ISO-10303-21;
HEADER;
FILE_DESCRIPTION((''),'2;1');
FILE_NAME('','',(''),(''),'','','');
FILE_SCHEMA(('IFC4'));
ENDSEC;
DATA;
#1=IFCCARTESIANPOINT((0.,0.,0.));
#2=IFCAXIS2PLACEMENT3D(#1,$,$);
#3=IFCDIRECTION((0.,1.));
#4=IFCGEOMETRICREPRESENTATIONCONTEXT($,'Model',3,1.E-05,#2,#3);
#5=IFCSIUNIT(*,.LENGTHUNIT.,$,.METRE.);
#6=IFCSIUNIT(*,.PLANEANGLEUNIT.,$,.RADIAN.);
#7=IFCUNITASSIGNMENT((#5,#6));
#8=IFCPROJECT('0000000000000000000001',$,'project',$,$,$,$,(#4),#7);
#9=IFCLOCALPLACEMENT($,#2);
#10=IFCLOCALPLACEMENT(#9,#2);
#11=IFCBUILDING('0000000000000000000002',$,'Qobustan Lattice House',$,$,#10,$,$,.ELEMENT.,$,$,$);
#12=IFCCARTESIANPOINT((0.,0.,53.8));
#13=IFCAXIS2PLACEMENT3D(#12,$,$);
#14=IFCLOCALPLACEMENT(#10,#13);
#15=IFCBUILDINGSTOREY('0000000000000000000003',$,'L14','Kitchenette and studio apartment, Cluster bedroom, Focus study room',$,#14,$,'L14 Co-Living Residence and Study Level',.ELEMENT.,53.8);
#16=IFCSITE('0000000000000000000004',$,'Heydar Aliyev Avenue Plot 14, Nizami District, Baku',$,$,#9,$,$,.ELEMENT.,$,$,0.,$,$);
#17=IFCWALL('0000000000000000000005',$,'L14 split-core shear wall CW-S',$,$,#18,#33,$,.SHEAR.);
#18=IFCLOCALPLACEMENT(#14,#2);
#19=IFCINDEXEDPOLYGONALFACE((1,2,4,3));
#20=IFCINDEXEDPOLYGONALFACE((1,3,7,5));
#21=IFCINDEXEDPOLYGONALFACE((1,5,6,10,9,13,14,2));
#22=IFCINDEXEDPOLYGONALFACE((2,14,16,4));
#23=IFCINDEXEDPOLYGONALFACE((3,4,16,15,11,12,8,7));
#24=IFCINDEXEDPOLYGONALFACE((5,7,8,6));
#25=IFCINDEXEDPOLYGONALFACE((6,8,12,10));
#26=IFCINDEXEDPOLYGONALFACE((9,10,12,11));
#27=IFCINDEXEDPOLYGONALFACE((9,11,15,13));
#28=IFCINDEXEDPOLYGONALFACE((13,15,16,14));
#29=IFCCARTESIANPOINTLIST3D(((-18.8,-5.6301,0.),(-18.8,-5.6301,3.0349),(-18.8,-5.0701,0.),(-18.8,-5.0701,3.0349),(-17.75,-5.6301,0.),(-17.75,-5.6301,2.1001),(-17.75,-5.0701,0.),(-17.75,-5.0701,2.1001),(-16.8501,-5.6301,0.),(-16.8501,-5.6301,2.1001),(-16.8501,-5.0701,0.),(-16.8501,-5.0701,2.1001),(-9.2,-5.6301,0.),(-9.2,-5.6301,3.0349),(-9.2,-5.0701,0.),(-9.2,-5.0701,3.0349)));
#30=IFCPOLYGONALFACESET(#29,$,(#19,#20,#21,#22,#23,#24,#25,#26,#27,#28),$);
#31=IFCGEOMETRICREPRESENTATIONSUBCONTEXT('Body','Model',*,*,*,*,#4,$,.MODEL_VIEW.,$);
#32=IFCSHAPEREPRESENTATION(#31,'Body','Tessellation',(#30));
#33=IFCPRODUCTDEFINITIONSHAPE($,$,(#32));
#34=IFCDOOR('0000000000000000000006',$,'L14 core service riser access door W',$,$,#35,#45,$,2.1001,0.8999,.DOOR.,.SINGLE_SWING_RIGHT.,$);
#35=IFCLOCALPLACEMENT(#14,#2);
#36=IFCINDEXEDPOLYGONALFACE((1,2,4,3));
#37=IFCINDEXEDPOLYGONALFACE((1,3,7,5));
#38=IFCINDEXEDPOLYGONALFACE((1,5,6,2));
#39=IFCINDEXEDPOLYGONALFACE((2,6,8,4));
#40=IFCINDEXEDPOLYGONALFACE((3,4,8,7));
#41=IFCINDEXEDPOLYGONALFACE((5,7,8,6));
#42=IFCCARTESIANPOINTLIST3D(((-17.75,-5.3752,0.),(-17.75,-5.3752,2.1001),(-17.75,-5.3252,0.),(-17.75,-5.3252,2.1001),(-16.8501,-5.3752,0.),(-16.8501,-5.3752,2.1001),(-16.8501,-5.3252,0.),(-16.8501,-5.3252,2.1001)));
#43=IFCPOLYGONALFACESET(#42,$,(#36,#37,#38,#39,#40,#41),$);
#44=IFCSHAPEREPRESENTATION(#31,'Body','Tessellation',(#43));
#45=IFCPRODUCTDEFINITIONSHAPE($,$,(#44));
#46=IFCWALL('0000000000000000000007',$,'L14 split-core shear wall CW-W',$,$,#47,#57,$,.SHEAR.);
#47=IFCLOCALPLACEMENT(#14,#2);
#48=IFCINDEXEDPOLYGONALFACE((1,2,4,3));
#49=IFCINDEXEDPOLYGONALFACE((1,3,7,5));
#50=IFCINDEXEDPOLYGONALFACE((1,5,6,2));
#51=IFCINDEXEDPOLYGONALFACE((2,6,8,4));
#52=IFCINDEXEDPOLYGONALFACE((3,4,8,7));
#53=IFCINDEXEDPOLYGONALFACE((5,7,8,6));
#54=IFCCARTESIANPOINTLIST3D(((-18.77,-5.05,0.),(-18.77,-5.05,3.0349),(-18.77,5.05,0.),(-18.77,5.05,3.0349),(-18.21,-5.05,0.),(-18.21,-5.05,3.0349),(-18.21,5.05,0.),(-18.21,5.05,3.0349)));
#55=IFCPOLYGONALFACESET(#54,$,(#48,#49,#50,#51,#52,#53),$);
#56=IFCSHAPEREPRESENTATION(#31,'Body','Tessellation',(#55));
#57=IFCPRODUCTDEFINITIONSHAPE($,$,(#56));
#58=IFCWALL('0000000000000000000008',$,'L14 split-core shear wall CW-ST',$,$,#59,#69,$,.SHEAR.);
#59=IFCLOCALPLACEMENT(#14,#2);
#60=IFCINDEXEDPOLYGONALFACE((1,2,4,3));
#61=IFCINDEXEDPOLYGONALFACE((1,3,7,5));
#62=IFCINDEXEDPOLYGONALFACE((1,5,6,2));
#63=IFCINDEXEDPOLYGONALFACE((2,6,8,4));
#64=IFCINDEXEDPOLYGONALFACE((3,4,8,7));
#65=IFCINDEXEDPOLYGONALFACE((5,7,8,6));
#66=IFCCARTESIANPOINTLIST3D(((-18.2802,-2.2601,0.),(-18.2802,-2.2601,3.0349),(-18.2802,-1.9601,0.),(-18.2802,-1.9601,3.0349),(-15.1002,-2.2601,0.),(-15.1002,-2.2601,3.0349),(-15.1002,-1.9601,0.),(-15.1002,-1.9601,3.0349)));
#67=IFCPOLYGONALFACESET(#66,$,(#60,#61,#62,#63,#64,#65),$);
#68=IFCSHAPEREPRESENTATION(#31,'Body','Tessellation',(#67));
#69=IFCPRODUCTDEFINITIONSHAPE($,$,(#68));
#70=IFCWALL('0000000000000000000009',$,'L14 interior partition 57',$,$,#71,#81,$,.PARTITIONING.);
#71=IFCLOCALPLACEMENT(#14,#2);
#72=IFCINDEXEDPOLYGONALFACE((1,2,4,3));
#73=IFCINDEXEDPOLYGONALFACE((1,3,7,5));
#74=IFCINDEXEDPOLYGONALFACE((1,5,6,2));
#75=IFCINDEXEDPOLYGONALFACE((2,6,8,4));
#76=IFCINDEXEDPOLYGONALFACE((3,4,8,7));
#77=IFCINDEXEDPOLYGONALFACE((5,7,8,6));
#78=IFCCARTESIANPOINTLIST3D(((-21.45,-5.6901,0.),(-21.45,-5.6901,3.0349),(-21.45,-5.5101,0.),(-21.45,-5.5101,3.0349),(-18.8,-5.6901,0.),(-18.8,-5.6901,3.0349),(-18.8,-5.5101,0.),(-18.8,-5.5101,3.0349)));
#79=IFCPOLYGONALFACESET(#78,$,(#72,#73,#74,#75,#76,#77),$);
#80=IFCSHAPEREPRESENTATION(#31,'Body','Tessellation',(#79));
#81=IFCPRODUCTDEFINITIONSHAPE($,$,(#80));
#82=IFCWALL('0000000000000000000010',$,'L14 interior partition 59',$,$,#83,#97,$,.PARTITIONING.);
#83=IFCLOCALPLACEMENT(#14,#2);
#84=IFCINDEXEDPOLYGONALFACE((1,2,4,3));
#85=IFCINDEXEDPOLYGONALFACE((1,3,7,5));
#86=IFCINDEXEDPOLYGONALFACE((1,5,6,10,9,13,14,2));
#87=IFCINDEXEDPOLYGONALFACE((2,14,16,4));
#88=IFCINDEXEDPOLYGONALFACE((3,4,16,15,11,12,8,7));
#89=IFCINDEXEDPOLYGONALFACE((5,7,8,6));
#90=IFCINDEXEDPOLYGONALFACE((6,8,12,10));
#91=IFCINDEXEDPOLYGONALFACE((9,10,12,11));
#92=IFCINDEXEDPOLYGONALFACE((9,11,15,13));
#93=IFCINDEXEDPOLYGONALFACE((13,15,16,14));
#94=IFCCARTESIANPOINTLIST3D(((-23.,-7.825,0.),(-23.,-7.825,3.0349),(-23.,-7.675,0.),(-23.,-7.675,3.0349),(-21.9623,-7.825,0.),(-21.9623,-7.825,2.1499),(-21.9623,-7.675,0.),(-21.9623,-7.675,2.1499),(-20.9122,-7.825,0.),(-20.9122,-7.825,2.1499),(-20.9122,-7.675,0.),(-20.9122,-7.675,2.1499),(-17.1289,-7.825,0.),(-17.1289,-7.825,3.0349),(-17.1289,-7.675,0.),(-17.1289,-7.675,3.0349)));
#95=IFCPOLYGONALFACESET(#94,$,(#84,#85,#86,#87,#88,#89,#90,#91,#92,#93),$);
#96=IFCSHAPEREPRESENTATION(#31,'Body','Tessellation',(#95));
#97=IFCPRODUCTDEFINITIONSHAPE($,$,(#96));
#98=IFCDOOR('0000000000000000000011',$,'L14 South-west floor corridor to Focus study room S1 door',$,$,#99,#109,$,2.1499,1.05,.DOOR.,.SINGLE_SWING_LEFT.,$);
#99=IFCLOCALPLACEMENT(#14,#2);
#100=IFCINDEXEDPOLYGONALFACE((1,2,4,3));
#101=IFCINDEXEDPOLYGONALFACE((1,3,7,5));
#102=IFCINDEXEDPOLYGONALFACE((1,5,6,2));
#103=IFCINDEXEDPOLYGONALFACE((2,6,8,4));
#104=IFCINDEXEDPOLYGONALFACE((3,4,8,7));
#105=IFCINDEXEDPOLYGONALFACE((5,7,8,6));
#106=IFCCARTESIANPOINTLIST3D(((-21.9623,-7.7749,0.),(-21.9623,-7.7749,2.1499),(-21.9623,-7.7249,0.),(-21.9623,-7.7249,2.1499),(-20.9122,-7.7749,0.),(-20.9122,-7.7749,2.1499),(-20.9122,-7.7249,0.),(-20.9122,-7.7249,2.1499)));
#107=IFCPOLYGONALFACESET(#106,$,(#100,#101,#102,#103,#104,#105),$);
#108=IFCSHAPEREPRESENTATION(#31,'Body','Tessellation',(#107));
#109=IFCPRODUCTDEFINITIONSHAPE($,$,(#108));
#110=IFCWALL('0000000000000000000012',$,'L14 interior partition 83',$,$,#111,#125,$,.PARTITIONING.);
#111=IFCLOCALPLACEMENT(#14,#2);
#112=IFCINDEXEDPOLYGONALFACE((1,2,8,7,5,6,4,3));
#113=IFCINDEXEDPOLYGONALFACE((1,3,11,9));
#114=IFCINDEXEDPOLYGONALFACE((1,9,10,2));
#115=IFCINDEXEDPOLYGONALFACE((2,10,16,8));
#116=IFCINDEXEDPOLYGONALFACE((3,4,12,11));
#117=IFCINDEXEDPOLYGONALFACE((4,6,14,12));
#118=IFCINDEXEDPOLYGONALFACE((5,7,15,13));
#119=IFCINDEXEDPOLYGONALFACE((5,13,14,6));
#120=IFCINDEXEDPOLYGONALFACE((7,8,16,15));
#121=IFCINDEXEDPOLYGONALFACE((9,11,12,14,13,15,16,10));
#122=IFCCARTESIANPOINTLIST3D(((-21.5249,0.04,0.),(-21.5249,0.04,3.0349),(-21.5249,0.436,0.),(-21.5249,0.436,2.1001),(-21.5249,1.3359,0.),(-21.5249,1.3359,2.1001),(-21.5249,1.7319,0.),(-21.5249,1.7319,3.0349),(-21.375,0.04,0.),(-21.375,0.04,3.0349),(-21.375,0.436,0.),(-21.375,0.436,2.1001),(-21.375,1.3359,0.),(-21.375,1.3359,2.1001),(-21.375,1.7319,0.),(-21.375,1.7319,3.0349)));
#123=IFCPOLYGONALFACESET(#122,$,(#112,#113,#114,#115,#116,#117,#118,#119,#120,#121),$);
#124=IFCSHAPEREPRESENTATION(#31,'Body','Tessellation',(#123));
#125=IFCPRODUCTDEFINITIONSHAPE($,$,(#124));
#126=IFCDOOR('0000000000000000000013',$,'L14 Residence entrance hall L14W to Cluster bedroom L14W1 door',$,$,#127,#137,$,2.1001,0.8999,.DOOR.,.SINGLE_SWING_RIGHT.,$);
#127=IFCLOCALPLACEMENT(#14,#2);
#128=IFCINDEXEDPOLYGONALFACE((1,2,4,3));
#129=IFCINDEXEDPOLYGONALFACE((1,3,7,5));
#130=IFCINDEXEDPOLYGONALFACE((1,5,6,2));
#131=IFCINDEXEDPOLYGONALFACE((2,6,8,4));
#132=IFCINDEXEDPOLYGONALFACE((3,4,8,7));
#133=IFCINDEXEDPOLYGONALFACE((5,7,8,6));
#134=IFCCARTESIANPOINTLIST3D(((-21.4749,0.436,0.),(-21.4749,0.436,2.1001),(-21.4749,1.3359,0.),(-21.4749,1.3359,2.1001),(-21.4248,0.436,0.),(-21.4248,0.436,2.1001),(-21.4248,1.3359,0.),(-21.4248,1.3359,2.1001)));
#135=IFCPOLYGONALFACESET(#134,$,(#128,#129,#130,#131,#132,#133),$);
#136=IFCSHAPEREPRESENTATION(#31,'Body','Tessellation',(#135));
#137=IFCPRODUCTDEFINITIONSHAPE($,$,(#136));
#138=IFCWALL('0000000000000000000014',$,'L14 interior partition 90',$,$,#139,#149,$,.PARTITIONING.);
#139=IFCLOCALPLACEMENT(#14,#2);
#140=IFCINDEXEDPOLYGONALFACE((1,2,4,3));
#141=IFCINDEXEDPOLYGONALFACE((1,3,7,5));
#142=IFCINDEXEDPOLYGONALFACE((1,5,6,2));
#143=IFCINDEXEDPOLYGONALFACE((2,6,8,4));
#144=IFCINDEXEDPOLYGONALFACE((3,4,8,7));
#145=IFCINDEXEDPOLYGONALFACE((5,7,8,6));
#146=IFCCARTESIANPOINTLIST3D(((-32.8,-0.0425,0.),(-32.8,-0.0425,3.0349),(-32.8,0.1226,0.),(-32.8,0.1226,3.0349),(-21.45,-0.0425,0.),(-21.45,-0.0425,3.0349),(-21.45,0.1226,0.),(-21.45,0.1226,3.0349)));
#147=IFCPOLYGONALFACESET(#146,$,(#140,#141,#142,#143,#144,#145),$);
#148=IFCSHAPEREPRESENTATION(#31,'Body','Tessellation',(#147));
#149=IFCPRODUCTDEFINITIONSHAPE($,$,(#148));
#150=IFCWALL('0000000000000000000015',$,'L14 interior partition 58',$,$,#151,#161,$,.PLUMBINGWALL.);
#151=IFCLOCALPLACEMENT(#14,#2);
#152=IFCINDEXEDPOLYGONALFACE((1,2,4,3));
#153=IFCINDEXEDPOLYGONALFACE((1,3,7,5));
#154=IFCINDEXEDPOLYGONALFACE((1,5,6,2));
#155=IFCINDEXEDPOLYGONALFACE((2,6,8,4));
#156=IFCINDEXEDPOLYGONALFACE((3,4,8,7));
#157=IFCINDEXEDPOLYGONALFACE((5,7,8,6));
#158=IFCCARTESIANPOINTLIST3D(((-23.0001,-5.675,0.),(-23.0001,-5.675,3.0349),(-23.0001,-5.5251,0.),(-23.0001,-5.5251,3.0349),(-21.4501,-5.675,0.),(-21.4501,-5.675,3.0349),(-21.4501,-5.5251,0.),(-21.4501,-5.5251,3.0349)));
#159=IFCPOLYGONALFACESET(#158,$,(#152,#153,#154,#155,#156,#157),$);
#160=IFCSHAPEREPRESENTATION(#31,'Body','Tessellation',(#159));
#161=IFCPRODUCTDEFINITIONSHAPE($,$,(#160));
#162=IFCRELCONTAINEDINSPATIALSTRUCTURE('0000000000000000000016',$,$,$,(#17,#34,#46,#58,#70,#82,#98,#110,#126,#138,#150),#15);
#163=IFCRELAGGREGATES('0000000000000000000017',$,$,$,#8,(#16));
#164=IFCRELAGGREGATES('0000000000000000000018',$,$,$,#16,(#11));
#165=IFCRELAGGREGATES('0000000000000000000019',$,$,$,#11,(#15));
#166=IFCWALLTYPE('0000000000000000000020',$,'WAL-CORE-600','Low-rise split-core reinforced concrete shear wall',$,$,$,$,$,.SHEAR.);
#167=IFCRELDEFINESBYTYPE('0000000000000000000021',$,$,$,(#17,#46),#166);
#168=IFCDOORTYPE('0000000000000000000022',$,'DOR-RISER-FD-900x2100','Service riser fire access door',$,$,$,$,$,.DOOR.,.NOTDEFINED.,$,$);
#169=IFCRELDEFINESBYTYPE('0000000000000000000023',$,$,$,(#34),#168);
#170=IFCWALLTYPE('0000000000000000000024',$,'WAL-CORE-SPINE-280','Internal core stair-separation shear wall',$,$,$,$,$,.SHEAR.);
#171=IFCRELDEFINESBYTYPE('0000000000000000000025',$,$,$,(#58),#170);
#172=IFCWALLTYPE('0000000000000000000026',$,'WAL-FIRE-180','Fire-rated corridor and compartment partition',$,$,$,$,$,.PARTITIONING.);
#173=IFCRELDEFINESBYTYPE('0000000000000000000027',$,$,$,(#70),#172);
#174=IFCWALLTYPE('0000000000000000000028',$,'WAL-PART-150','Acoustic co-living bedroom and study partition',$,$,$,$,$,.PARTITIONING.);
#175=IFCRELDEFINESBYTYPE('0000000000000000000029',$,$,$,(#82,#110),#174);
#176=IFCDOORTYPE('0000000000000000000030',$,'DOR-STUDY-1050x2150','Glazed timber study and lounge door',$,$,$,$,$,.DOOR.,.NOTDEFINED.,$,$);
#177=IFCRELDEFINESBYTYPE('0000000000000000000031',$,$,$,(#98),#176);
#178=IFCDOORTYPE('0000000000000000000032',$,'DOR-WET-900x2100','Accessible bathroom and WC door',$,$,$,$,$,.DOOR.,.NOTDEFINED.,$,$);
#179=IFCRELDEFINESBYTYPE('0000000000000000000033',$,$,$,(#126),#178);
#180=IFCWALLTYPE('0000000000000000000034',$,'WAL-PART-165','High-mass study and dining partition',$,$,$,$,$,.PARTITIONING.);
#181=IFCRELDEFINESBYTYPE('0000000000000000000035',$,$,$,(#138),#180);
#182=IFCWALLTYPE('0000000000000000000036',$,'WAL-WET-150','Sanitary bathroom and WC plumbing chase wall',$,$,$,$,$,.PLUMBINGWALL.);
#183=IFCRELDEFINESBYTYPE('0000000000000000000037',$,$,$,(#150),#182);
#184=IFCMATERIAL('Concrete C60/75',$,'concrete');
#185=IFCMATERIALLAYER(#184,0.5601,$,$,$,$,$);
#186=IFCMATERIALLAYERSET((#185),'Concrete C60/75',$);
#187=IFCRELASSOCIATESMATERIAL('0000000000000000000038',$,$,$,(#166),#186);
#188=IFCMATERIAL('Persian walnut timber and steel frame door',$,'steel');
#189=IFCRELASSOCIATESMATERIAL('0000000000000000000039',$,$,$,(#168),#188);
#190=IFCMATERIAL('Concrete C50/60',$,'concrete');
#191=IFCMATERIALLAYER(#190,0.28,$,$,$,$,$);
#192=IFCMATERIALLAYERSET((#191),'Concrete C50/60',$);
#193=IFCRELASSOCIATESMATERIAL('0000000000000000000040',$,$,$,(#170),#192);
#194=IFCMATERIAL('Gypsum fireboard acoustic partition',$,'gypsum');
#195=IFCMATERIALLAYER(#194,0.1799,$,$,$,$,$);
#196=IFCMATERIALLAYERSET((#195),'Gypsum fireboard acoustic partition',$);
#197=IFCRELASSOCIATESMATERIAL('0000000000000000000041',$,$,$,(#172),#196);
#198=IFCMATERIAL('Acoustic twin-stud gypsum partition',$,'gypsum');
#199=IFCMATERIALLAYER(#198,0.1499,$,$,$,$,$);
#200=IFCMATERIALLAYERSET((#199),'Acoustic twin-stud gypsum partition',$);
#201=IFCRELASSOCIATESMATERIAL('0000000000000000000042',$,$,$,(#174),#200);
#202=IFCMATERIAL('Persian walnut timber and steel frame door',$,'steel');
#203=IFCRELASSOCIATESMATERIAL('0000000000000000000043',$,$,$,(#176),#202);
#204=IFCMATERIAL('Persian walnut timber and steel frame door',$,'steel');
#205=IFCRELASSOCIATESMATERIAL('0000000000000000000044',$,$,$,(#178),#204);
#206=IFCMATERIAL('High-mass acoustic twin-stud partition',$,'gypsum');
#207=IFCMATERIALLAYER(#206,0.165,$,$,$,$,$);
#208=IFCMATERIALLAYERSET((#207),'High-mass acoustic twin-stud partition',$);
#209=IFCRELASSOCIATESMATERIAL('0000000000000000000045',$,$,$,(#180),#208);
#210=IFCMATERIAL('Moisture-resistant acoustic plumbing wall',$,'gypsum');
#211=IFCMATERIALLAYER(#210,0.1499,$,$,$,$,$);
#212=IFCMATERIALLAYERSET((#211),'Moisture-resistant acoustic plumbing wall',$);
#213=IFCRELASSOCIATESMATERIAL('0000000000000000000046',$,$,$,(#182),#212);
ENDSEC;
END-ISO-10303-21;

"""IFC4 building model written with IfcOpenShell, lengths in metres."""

from ifc_helpers import new_model, si_unit, direction, frame, frame_2d, origin, place, context, subcontext, project, spatial, rectangle, extrude, material, layer, layer_set, type_object, element, fill, save


model = new_model("IFC4")

# Units and contexts
model_context = context("Model", 3, precision=1e-05, world=origin(), true_north=direction((0.0, 1.0)))
body_context = subcontext(model_context, "Body", "Model", "MODEL_VIEW")
ifc_project = project(units=[si_unit("LENGTHUNIT", "METRE"), si_unit("PLANEANGLEUNIT", "RADIAN")], contexts=[model_context])

# Site, building, storey
site_placement = place(None, origin())
site = spatial("IfcSite", under=ifc_project, at=site_placement, Name="Heydar Aliyev Avenue Plot 14, Nizami District, Baku", CompositionType="ELEMENT", RefElevation=0.0)
building_placement = place(site_placement, origin())
building = spatial("IfcBuilding", under=site, at=building_placement, Name="Qobustan Lattice House", CompositionType="ELEMENT")
storey_placement = place(building_placement, frame((0.0, 0.0, 53.8)))
storey = spatial("IfcBuildingStorey", under=building, at=storey_placement, Name="L14", Description="Kitchenette and studio apartment, Cluster bedroom, Focus study room", LongName="L14 Co-Living Residence and Study Level", CompositionType="ELEMENT", Elevation=53.8)

# Wall, opening, door
ifc_material_1 = material(Name="Concrete C60/75", Category="concrete")
ifc_layer_1 = layer(ifc_material_1, 0.5601)
ifc_layer_set_1 = layer_set([ifc_layer_1], Name="Concrete C60/75")
wall_type_1 = type_object("IfcWallType", Name="WAL-CORE-600", Description="Low-rise split-core reinforced concrete shear wall", PredefinedType="SHEAR", material=ifc_layer_set_1)
wall_1_placement = place(storey_placement, frame((-18.8, -5.3501, 0.0), z_axis=(0.0, 0.0, 1.0), x_axis=(1.0, 0.0, 0.0)))
wall_1 = element("IfcWall", 1, at=wall_1_placement, inside=storey, type_object=wall_type_1, Name="L14 split-core shear wall CW-S", PredefinedType="SHEAR", context=body_context, shape_type="SweptSolid", body=[
    extrude(rectangle(XDim=9.6001, YDim=0.5601, at=frame_2d((4.8, 0.0))), origin(), (0.0, 0.0, 1.0), 3.0349),
])
opening_1_placement = place(wall_1_placement, frame((1.05, 0.0, 0.0)))
opening_1 = element("IfcOpeningElement", 2, at=opening_1_placement, cuts=wall_1, PredefinedType="OPENING", context=body_context, shape_type="SweptSolid", body=[
    extrude(rectangle(XDim=0.8999, YDim=2.1001, at=frame_2d((0.45, 1.05))), frame((0.0, 0.29, 0.0), z_axis=(0.0, -1.0, 0.0), x_axis=(1.0, 0.0, 0.0)), (0.0, 0.0, 1.0), 0.5801),
])
ifc_material_2 = material(Name="Persian walnut timber and steel frame door", Category="steel")
door_type_1 = type_object("IfcDoorType", Name="DOR-RISER-FD-900x2100", Description="Service riser fire access door", OperationType="NOTDEFINED", PredefinedType="DOOR", material=ifc_material_2)
door_1_placement = place(opening_1_placement, origin())
door_1 = element("IfcDoor", 3, at=door_1_placement, inside=storey, type_object=door_type_1, Name="L14 core service riser access door W", OperationType="SINGLE_SWING_RIGHT", OverallHeight=2.1001, OverallWidth=0.8999, PredefinedType="DOOR", context=body_context, shape_type="SweptSolid", body=[
    extrude(rectangle(XDim=0.8999, YDim=2.1001, at=frame_2d((0.45, 1.05))), frame((0.0, 0.0249, 0.0), z_axis=(0.0, -1.0, 0.0), x_axis=(1.0, 0.0, 0.0)), (0.0, 0.0, 1.0), 0.05),
])
fill(opening_1, door_1)

# Walls
wall_2_placement = place(storey_placement, frame((-18.49, -5.05, 0.0), z_axis=(0.0, 0.0, 1.0), x_axis=(0.0, 1.0, 0.0)))
element("IfcWall", 4, at=wall_2_placement, inside=storey, type_object=wall_type_1, Name="L14 split-core shear wall CW-W", PredefinedType="SHEAR", context=body_context, shape_type="SweptSolid", body=[
    extrude(rectangle(XDim=10.1001, YDim=0.5601, at=frame_2d((5.05, 0.0))), origin(), (0.0, 0.0, 1.0), 3.0349),
])
ifc_material_3 = material(Name="Concrete C50/60", Category="concrete")
ifc_layer_2 = layer(ifc_material_3, 0.28)
ifc_layer_set_2 = layer_set([ifc_layer_2], Name="Concrete C50/60")
wall_type_2 = type_object("IfcWallType", Name="WAL-CORE-SPINE-280", Description="Internal core stair-separation shear wall", PredefinedType="SHEAR", material=ifc_layer_set_2)
wall_3_placement = place(storey_placement, frame((-18.28, -2.1101, 0.0), z_axis=(0.0, 0.0, 1.0), x_axis=(1.0, 0.0, 0.0)))
element("IfcWall", 5, at=wall_3_placement, inside=storey, type_object=wall_type_2, Name="L14 split-core shear wall CW-ST", PredefinedType="SHEAR", context=body_context, shape_type="SweptSolid", body=[
    extrude(rectangle(XDim=3.1799, YDim=0.3, at=frame_2d((1.5898, 0.0))), origin(), (0.0, 0.0, 1.0), 3.0349),
])
ifc_material_4 = material(Name="Gypsum fireboard acoustic partition", Category="gypsum")
ifc_layer_3 = layer(ifc_material_4, 0.1799)
ifc_layer_set_3 = layer_set([ifc_layer_3], Name="Gypsum fireboard acoustic partition")
wall_type_3 = type_object("IfcWallType", Name="WAL-FIRE-180", Description="Fire-rated corridor and compartment partition", PredefinedType="PARTITIONING", material=ifc_layer_set_3)
wall_4_placement = place(storey_placement, frame((-21.45, -5.6001, 0.0), z_axis=(0.0, 0.0, 1.0), x_axis=(1.0, 0.0, 0.0)))
element("IfcWall", 6, at=wall_4_placement, inside=storey, type_object=wall_type_3, Name="L14 interior partition 57", PredefinedType="PARTITIONING", context=body_context, shape_type="SweptSolid", body=[
    extrude(rectangle(XDim=2.6499, YDim=0.1799, at=frame_2d((1.325, 0.0))), origin(), (0.0, 0.0, 1.0), 3.0349),
])

# Walls, openings, doors
ifc_material_5 = material(Name="Acoustic twin-stud gypsum partition", Category="gypsum")
ifc_layer_4 = layer(ifc_material_5, 0.1499)
ifc_layer_set_4 = layer_set([ifc_layer_4], Name="Acoustic twin-stud gypsum partition")
wall_type_4 = type_object("IfcWallType", Name="WAL-PART-150", Description="Acoustic co-living bedroom and study partition", PredefinedType="PARTITIONING", material=ifc_layer_set_4)
wall_5_placement = place(storey_placement, frame((-17.1289, -7.75, 0.0), z_axis=(0.0, 0.0, 1.0), x_axis=(-1.0, 0.0, 0.0)))
wall_5 = element("IfcWall", 7, at=wall_5_placement, inside=storey, type_object=wall_type_4, Name="L14 interior partition 59", PredefinedType="PARTITIONING", context=body_context, shape_type="SweptSolid", body=[
    extrude(rectangle(XDim=5.8711, YDim=0.1499, at=frame_2d((2.9355, 0.0))), origin(), (0.0, 0.0, 1.0), 3.0349),
])
opening_2_placement = place(wall_5_placement, frame((3.7834, 0.0, 0.0)))
opening_2 = element("IfcOpeningElement", 8, at=opening_2_placement, cuts=wall_5, PredefinedType="OPENING", context=body_context, shape_type="SweptSolid", body=[
    extrude(rectangle(XDim=1.05, YDim=2.1499, at=frame_2d((0.5249, 1.075))), frame((0.0, 0.085, 0.0), z_axis=(0.0, -1.0, 0.0), x_axis=(1.0, 0.0, 0.0)), (0.0, 0.0, 1.0), 0.1699),
])
ifc_material_6 = material(Name="Persian walnut timber and steel frame door", Category="steel")
door_type_2 = type_object("IfcDoorType", Name="DOR-STUDY-1050x2150", Description="Glazed timber study and lounge door", OperationType="NOTDEFINED", PredefinedType="DOOR", material=ifc_material_6)
door_2_placement = place(opening_2_placement, origin())
door_2 = element("IfcDoor", 9, at=door_2_placement, inside=storey, type_object=door_type_2, Name="L14 South-west floor corridor to Focus study room S1 door", OperationType="SINGLE_SWING_LEFT", OverallHeight=2.1499, OverallWidth=1.05, PredefinedType="DOOR", context=body_context, shape_type="SweptSolid", body=[
    extrude(rectangle(XDim=1.05, YDim=2.1499, at=frame_2d((0.5249, 1.075))), frame((0.0, 0.0249, 0.0), z_axis=(0.0, -1.0, 0.0), x_axis=(1.0, 0.0, 0.0)), (0.0, 0.0, 1.0), 0.05),
])
fill(opening_2, door_2)
wall_6_placement = place(storey_placement, frame((-21.45, 0.04, 0.0), z_axis=(0.0, 0.0, 1.0), x_axis=(0.0, 1.0, 0.0)))
wall_6 = element("IfcWall", 10, at=wall_6_placement, inside=storey, type_object=wall_type_4, Name="L14 interior partition 83", PredefinedType="PARTITIONING", context=body_context, shape_type="SweptSolid", body=[
    extrude(rectangle(XDim=1.6919, YDim=0.1499, at=frame_2d((0.8459, 0.0))), origin(), (0.0, 0.0, 1.0), 3.0349),
])
opening_3_placement = place(wall_6_placement, frame((0.396, 0.0, 0.0)))
opening_3 = element("IfcOpeningElement", 11, at=opening_3_placement, cuts=wall_6, PredefinedType="OPENING", context=body_context, shape_type="SweptSolid", body=[
    extrude(rectangle(XDim=0.8999, YDim=2.1001, at=frame_2d((0.45, 1.05))), frame((0.0, 0.085, 0.0), z_axis=(0.0, -1.0, 0.0), x_axis=(1.0, 0.0, 0.0)), (0.0, 0.0, 1.0), 0.1699),
])
ifc_material_7 = material(Name="Persian walnut timber and steel frame door", Category="steel")
door_type_3 = type_object("IfcDoorType", Name="DOR-WET-900x2100", Description="Accessible bathroom and WC door", OperationType="NOTDEFINED", PredefinedType="DOOR", material=ifc_material_7)
door_3_placement = place(opening_3_placement, origin())
door_3 = element("IfcDoor", 12, at=door_3_placement, inside=storey, type_object=door_type_3, Name="L14 Residence entrance hall L14W to Cluster bedroom L14W1 door", OperationType="SINGLE_SWING_RIGHT", OverallHeight=2.1001, OverallWidth=0.8999, PredefinedType="DOOR", context=body_context, shape_type="SweptSolid", body=[
    extrude(rectangle(XDim=0.8999, YDim=2.1001, at=frame_2d((0.45, 1.05))), frame((0.0, 0.0249, 0.0), z_axis=(0.0, -1.0, 0.0), x_axis=(1.0, 0.0, 0.0)), (0.0, 0.0, 1.0), 0.05),
])
fill(opening_3, door_3)
ifc_material_8 = material(Name="High-mass acoustic twin-stud partition", Category="gypsum")
ifc_layer_5 = layer(ifc_material_8, 0.165)
ifc_layer_set_5 = layer_set([ifc_layer_5], Name="High-mass acoustic twin-stud partition")
wall_type_5 = type_object("IfcWallType", Name="WAL-PART-165", Description="High-mass study and dining partition", PredefinedType="PARTITIONING", material=ifc_layer_set_5)

# Walls
wall_7_placement = place(storey_placement, frame((-32.8, 0.04, 0.0), z_axis=(0.0, 0.0, 1.0), x_axis=(1.0, 0.0, 0.0)))
element("IfcWall", 13, at=wall_7_placement, inside=storey, type_object=wall_type_5, Name="L14 interior partition 90", PredefinedType="PARTITIONING", context=body_context, shape_type="SweptSolid", body=[
    extrude(rectangle(XDim=11.3501, YDim=0.165, at=frame_2d((5.675, 0.0))), origin(), (0.0, 0.0, 1.0), 3.0349),
])
ifc_material_9 = material(Name="Moisture-resistant acoustic plumbing wall", Category="gypsum")
ifc_layer_6 = layer(ifc_material_9, 0.1499)
ifc_layer_set_6 = layer_set([ifc_layer_6], Name="Moisture-resistant acoustic plumbing wall")
wall_type_6 = type_object("IfcWallType", Name="WAL-WET-150", Description="Sanitary bathroom and WC plumbing chase wall", PredefinedType="PLUMBINGWALL", material=ifc_layer_set_6)
wall_8_placement = place(storey_placement, frame((-23.0, -5.6001, 0.0), z_axis=(0.0, 0.0, 1.0), x_axis=(1.0, 0.0, 0.0)))
element("IfcWall", 14, at=wall_8_placement, inside=storey, type_object=wall_type_6, Name="L14 interior partition 58", PredefinedType="PLUMBINGWALL", context=body_context, shape_type="SweptSolid", body=[
    extrude(rectangle(XDim=1.55, YDim=0.1499, at=frame_2d((0.7749, 0.0))), origin(), (0.0, 0.0, 1.0), 3.0349),
])

save(model, "model.ifc")
